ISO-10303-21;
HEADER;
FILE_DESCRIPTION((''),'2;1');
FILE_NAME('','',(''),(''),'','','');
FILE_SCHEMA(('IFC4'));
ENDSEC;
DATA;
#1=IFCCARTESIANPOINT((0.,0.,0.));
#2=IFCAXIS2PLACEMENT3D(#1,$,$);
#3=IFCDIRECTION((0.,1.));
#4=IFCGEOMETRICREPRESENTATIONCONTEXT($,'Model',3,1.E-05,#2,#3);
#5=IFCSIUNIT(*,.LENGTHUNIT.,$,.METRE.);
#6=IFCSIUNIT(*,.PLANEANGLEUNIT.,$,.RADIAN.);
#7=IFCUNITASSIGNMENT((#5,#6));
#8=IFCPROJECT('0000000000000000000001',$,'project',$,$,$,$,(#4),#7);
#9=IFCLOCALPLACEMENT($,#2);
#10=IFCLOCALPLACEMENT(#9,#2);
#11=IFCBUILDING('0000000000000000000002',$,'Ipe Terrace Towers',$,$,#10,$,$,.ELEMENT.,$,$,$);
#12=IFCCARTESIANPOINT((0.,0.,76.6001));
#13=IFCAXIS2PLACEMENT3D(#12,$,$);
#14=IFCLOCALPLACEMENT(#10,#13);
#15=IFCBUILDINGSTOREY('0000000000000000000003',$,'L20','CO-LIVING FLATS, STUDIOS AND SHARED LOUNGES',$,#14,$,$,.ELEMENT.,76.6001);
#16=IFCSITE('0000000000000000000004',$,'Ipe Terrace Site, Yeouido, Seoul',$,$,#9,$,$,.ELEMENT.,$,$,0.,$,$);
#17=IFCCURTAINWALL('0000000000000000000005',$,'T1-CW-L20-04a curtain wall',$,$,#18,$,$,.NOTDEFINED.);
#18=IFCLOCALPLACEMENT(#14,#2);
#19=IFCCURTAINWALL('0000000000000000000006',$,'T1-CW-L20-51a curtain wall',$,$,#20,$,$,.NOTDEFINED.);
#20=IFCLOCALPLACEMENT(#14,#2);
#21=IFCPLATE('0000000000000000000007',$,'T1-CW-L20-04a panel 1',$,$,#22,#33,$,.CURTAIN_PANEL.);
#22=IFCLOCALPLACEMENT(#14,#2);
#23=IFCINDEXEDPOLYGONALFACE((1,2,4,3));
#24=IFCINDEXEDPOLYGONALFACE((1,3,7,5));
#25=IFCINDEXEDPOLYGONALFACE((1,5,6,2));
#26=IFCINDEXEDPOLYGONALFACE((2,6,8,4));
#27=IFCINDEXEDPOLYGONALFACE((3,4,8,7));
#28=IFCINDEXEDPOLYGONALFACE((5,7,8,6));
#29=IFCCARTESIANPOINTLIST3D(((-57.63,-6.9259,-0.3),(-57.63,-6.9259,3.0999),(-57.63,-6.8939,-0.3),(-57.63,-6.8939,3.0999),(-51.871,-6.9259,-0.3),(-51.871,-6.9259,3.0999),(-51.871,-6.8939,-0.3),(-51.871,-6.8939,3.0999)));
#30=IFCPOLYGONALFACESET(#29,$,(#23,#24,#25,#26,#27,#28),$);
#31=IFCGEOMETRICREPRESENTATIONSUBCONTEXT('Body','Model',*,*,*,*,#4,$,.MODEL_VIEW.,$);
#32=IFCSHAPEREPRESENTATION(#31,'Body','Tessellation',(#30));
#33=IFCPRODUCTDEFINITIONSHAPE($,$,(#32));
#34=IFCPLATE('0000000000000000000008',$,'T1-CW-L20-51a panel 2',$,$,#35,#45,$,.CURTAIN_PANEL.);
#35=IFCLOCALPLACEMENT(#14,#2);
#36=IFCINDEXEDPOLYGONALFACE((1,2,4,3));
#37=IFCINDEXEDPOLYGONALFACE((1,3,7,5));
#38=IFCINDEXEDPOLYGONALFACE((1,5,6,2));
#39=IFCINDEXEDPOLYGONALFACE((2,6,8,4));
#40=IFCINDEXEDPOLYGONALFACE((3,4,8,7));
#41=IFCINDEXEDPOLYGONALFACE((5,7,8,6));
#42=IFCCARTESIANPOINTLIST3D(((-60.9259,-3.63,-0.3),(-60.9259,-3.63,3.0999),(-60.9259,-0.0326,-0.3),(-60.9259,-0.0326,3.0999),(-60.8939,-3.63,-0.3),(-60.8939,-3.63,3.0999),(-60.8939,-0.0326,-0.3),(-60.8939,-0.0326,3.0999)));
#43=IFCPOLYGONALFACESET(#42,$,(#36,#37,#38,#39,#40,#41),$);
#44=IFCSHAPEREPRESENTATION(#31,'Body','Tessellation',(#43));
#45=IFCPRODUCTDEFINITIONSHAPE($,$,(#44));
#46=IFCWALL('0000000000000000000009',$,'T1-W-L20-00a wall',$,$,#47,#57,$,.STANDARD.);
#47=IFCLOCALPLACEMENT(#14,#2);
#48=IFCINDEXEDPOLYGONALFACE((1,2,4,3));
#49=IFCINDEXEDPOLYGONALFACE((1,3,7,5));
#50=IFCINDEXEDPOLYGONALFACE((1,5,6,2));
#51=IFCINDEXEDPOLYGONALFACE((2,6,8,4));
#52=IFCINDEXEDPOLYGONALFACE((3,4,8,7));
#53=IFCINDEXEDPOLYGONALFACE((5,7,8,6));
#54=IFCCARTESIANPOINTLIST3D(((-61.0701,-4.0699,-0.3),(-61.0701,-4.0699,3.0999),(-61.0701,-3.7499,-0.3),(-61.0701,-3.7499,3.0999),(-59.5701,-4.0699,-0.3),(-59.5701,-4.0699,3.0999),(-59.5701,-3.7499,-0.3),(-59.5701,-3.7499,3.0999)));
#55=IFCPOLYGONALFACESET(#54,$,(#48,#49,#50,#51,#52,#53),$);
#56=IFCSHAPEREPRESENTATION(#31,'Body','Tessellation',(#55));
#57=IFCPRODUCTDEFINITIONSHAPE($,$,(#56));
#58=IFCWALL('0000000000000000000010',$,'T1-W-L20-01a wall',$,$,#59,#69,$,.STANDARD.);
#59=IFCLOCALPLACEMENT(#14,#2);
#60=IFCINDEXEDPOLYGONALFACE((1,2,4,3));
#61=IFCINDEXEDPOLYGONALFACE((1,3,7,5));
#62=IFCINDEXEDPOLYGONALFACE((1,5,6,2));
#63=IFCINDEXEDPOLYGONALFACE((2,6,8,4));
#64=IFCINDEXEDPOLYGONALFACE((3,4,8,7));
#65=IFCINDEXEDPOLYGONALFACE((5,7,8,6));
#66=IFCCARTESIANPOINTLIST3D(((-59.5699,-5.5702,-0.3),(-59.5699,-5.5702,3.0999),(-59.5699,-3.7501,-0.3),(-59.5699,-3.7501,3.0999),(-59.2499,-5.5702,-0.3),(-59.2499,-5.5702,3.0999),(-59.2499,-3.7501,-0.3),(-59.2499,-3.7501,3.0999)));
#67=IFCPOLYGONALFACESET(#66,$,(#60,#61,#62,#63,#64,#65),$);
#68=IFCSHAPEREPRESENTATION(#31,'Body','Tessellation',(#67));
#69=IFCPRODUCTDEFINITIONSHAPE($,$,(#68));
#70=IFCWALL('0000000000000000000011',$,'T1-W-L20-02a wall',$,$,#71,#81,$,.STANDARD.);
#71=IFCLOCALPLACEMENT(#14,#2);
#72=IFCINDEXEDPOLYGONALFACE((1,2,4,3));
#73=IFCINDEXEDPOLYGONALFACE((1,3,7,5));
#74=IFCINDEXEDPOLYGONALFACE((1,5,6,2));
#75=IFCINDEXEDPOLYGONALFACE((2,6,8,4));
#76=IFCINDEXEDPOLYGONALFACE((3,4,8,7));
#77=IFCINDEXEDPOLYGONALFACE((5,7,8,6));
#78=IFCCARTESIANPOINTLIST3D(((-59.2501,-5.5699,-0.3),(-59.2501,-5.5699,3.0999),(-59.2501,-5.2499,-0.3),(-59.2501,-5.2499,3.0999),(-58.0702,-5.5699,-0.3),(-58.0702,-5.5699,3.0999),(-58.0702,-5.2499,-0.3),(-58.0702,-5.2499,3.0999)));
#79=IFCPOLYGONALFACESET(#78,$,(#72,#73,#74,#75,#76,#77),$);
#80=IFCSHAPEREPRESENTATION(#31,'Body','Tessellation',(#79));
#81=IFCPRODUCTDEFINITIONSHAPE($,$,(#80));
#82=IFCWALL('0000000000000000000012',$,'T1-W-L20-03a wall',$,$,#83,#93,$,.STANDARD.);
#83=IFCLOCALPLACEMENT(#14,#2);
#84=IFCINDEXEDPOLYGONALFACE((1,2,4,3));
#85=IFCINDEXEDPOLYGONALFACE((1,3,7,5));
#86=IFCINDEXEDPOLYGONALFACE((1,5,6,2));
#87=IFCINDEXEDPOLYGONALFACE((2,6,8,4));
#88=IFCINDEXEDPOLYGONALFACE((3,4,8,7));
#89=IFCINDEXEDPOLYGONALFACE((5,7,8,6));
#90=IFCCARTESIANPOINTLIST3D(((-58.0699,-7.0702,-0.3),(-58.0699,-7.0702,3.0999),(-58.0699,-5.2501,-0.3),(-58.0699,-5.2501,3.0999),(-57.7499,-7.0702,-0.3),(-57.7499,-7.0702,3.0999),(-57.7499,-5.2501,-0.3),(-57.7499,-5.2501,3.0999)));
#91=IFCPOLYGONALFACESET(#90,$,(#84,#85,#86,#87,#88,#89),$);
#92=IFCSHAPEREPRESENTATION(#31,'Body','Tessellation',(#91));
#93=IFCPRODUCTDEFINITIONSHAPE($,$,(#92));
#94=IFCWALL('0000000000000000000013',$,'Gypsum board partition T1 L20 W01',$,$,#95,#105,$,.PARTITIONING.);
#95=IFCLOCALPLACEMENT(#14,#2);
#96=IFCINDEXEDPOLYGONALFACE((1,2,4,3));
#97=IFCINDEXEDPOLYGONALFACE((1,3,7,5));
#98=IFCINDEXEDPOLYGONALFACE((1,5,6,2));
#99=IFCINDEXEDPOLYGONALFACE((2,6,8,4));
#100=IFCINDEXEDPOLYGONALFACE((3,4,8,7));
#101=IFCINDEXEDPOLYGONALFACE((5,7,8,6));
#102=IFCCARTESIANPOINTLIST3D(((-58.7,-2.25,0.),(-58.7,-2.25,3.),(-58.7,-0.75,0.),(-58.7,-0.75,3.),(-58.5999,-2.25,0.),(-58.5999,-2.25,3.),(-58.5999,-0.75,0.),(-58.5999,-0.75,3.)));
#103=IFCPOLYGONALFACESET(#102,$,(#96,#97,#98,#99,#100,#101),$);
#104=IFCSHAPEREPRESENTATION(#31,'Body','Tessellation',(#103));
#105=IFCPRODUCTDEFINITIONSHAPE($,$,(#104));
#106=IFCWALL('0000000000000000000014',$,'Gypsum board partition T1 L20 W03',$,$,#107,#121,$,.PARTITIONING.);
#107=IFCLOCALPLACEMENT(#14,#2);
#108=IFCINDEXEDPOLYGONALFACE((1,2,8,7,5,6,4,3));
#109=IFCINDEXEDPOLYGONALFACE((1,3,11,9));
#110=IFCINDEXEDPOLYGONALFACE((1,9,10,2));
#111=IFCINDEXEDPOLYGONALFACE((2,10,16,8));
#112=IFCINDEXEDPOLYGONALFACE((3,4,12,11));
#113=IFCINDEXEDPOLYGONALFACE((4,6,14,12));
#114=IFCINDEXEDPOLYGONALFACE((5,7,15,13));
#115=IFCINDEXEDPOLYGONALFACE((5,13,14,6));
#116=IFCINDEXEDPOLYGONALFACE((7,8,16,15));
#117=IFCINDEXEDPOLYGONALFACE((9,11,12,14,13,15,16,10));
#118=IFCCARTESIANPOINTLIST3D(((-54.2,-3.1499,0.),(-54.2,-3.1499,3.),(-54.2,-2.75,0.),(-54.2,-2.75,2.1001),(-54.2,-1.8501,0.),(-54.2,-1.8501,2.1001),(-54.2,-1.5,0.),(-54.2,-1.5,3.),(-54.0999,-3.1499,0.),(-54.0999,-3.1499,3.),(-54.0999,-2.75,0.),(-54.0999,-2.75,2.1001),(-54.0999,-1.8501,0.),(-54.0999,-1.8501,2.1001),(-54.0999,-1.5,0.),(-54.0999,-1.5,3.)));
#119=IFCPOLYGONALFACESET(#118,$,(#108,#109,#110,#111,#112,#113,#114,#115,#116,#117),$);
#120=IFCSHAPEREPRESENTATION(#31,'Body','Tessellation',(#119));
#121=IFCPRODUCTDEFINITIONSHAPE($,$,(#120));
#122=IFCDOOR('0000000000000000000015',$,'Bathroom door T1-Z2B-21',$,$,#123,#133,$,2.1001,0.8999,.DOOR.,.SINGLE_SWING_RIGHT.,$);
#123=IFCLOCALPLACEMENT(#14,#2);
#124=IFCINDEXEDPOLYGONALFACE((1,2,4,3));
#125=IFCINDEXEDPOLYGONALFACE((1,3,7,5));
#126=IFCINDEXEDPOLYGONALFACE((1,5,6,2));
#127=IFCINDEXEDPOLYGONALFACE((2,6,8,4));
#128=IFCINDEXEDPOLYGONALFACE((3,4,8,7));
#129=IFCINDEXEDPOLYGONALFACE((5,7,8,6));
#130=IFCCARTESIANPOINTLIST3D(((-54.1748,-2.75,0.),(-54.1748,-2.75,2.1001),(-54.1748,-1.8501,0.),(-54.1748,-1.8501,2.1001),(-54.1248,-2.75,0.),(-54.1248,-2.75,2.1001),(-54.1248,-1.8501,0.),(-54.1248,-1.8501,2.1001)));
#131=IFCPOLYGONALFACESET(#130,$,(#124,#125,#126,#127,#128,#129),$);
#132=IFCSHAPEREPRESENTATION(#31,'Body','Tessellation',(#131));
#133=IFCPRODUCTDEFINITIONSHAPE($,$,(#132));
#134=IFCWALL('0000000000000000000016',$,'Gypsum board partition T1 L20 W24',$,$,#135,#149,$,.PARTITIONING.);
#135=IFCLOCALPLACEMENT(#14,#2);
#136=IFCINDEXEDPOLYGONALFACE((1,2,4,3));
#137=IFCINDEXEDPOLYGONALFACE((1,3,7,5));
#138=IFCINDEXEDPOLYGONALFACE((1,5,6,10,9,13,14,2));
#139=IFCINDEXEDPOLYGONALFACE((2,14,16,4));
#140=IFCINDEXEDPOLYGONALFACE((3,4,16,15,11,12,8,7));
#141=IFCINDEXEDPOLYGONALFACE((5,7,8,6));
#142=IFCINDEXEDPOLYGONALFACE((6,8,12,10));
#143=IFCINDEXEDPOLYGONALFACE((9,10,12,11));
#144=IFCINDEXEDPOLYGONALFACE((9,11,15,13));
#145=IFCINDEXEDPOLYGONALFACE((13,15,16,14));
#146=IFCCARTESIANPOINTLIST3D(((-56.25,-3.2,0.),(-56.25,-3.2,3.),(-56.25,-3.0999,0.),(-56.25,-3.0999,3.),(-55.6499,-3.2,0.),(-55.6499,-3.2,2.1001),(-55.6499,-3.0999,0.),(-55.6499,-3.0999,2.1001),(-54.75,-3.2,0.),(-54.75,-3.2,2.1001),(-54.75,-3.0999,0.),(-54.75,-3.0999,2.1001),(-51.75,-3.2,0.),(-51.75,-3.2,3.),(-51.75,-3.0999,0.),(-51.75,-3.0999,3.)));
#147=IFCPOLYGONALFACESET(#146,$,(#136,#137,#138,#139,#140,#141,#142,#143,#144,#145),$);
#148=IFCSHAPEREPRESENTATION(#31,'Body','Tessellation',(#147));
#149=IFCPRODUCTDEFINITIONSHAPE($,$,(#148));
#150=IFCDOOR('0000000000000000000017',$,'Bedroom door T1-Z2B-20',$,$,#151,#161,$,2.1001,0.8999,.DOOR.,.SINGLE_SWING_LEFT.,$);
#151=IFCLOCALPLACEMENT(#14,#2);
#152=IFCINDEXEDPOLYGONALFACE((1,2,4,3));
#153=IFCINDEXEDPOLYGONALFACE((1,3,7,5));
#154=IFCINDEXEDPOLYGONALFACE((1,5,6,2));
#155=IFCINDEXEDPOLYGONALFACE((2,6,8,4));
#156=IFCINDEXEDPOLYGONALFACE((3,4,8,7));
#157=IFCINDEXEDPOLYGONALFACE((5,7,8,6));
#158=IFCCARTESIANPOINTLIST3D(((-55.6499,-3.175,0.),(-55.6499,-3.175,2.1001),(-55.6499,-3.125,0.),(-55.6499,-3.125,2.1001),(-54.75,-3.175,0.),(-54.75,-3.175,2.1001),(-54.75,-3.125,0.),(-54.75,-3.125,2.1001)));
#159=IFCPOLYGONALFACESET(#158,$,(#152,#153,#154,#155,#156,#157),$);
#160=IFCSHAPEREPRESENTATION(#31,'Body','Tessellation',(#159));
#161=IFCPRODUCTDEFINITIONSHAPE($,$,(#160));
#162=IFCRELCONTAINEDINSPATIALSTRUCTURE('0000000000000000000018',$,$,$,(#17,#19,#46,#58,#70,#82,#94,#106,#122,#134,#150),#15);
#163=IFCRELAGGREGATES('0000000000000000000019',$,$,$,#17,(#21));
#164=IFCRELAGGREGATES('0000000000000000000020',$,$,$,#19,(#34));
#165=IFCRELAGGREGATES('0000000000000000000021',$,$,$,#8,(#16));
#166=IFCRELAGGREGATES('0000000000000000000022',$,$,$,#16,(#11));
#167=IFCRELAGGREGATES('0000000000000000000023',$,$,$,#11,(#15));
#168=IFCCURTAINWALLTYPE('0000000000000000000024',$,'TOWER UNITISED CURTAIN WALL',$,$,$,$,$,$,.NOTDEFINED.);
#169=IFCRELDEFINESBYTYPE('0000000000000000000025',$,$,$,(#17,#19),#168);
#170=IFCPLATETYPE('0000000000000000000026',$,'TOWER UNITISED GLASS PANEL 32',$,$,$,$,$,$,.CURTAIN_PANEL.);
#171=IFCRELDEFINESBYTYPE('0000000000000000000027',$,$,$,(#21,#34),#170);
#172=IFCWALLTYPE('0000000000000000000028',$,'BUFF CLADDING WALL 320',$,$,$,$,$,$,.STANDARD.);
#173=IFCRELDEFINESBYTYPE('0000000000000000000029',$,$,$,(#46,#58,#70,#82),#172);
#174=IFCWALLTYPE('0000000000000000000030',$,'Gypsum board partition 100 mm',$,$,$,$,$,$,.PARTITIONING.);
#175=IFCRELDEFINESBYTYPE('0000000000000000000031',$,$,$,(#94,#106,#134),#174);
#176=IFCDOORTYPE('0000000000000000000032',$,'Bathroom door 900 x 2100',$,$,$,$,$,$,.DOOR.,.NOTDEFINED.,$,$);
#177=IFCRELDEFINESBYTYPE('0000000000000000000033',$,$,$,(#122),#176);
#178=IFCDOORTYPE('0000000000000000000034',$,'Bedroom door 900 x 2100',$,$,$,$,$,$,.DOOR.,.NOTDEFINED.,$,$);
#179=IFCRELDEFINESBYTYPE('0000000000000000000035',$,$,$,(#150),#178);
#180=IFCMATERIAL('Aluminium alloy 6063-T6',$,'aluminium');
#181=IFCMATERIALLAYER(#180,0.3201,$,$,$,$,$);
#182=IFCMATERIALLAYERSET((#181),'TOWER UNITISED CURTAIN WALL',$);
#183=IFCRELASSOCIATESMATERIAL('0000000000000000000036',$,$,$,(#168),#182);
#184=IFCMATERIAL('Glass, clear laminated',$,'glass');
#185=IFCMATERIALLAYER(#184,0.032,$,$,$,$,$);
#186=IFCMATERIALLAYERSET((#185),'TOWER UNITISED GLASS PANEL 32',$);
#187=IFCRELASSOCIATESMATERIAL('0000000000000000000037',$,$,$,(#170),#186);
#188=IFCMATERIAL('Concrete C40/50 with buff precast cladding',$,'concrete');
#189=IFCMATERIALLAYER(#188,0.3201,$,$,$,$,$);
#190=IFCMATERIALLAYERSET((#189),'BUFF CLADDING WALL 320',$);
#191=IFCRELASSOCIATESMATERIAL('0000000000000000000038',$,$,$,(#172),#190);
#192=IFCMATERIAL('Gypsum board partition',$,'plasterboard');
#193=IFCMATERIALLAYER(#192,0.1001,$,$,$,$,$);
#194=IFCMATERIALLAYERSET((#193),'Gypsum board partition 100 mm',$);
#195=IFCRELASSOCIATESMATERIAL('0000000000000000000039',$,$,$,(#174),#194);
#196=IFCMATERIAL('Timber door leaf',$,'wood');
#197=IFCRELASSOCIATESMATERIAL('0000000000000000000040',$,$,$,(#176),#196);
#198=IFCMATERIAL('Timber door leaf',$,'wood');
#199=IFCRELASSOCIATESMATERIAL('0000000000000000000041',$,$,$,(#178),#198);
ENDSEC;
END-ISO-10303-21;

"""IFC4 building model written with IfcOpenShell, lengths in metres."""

from ifc_helpers import new_model, si_unit, direction, frame, frame_2d, origin, origin_2d, place, context, subcontext, project, spatial, rectangle, extrude, material, layer, layer_set, type_object, element, fill, aggregate, save


model = new_model("IFC4")

# Units and contexts
model_context = context("Model", 3, precision=1e-05, world=origin(), true_north=direction((0.0, 1.0)))
body_context = subcontext(model_context, "Body", "Model", "MODEL_VIEW")
ifc_project = project(units=[si_unit("LENGTHUNIT", "METRE"), si_unit("PLANEANGLEUNIT", "RADIAN")], contexts=[model_context])

# Site, building, storey
site_placement = place(None, origin())
site = spatial("IfcSite", under=ifc_project, at=site_placement, Name="Ipe Terrace Site, Yeouido, Seoul", CompositionType="ELEMENT", RefElevation=0.0)
building_placement = place(site_placement, origin())
building = spatial("IfcBuilding", under=site, at=building_placement, Name="Ipe Terrace Towers", CompositionType="ELEMENT")
storey_placement = place(building_placement, frame((0.0, 0.0, 76.6001)))
storey = spatial("IfcBuildingStorey", under=building, at=storey_placement, Name="L20", Description="CO-LIVING FLATS, STUDIOS AND SHARED LOUNGES", CompositionType="ELEMENT", Elevation=76.6001)

# Curtain wall
ifc_material_1 = material(Name="Aluminium alloy 6063-T6", Category="aluminium")
ifc_layer_1 = layer(ifc_material_1, 0.3201)
ifc_layer_set_1 = layer_set([ifc_layer_1], Name="TOWER UNITISED CURTAIN WALL")
curtain_wall_type = type_object("IfcCurtainWallType", Name="TOWER UNITISED CURTAIN WALL", PredefinedType="NOTDEFINED", material=ifc_layer_set_1)
curtain_wall_1_placement = place(storey_placement, origin())
curtain_wall_1 = element("IfcCurtainWall", 1, at=curtain_wall_1_placement, inside=storey, type_object=curtain_wall_type, Name="T1-CW-L20-04a curtain wall", PredefinedType="NOTDEFINED")

# Curtain wall
curtain_wall_2_placement = place(storey_placement, origin())
curtain_wall_2 = element("IfcCurtainWall", 2, at=curtain_wall_2_placement, inside=storey, type_object=curtain_wall_type, Name="T1-CW-L20-51a curtain wall", PredefinedType="NOTDEFINED")

# Plates
ifc_material_2 = material(Name="Glass, clear laminated", Category="glass")
ifc_layer_2 = layer(ifc_material_2, 0.032)
ifc_layer_set_2 = layer_set([ifc_layer_2], Name="TOWER UNITISED GLASS PANEL 32")
plate_type = type_object("IfcPlateType", Name="TOWER UNITISED GLASS PANEL 32", PredefinedType="CURTAIN_PANEL", material=ifc_layer_set_2)
plate_1_placement = place(storey_placement, frame((-54.7505, -6.9099, -0.3), z_axis=(0.0, 0.0, 1.0), x_axis=(1.0, 0.0, 0.0)))
plate_1 = element("IfcPlate", 3, at=plate_1_placement, type_object=plate_type, Name="T1-CW-L20-04a panel 1", PredefinedType="CURTAIN_PANEL", context=body_context, shape_type="SweptSolid", body=[
    extrude(rectangle(XDim=5.759, YDim=0.032, at=origin_2d()), origin(), (0.0, 0.0, 1.0), 3.3999),
])
aggregate(curtain_wall_1, [plate_1])
plate_2_placement = place(storey_placement, frame((-60.9099, -1.8313, -0.3), z_axis=(0.0, 0.0, 1.0), x_axis=(0.0, -1.0, 0.0)))
plate_2 = element("IfcPlate", 4, at=plate_2_placement, type_object=plate_type, Name="T1-CW-L20-51a panel 2", PredefinedType="CURTAIN_PANEL", context=body_context, shape_type="SweptSolid", body=[
    extrude(rectangle(XDim=3.5974, YDim=0.032, at=origin_2d()), origin(), (0.0, 0.0, 1.0), 3.3999),
])
aggregate(curtain_wall_2, [plate_2])

# Walls
ifc_material_3 = material(Name="Concrete C40/50 with buff precast cladding", Category="concrete")
ifc_layer_3 = layer(ifc_material_3, 0.3201)
ifc_layer_set_3 = layer_set([ifc_layer_3], Name="BUFF CLADDING WALL 320")
wall_type_1 = type_object("IfcWallType", Name="BUFF CLADDING WALL 320", PredefinedType="STANDARD", material=ifc_layer_set_3)
wall_1_placement = place(storey_placement, frame((-61.0701, -3.9099, -0.3), z_axis=(0.0, 0.0, 1.0), x_axis=(1.0, 0.0, 0.0)))
element("IfcWall", 5, at=wall_1_placement, inside=storey, type_object=wall_type_1, Name="T1-W-L20-00a wall", PredefinedType="STANDARD", context=body_context, shape_type="SweptSolid", body=[
    extrude(rectangle(XDim=1.5, YDim=0.3201, at=frame_2d((0.75, 0.0))), origin(), (0.0, 0.0, 1.0), 3.3999),
])
wall_2_placement = place(storey_placement, frame((-59.4099, -3.75, -0.3), z_axis=(0.0, 0.0, 1.0), x_axis=(0.0, -1.0, 0.0)))
element("IfcWall", 6, at=wall_2_placement, inside=storey, type_object=wall_type_1, Name="T1-W-L20-01a wall", PredefinedType="STANDARD", context=body_context, shape_type="SweptSolid", body=[
    extrude(rectangle(XDim=1.8201, YDim=0.3201, at=frame_2d((0.9102, 0.0))), origin(), (0.0, 0.0, 1.0), 3.3999),
])
wall_3_placement = place(storey_placement, frame((-59.25, -5.4099, -0.3), z_axis=(0.0, 0.0, 1.0), x_axis=(1.0, 0.0, 0.0)))
element("IfcWall", 7, at=wall_3_placement, inside=storey, type_object=wall_type_1, Name="T1-W-L20-02a wall", PredefinedType="STANDARD", context=body_context, shape_type="SweptSolid", body=[
    extrude(rectangle(XDim=1.1799, YDim=0.3201, at=frame_2d((0.5898, 0.0))), origin(), (0.0, 0.0, 1.0), 3.3999),
])
wall_4_placement = place(storey_placement, frame((-57.9099, -5.25, -0.3), z_axis=(0.0, 0.0, 1.0), x_axis=(0.0, -1.0, 0.0)))
element("IfcWall", 8, at=wall_4_placement, inside=storey, type_object=wall_type_1, Name="T1-W-L20-03a wall", PredefinedType="STANDARD", context=body_context, shape_type="SweptSolid", body=[
    extrude(rectangle(XDim=1.8201, YDim=0.3201, at=frame_2d((0.9102, 0.0))), origin(), (0.0, 0.0, 1.0), 3.3999),
])
ifc_material_4 = material(Name="Gypsum board partition", Category="plasterboard")
ifc_layer_4 = layer(ifc_material_4, 0.1001)
ifc_layer_set_4 = layer_set([ifc_layer_4], Name="Gypsum board partition 100 mm")
wall_type_2 = type_object("IfcWallType", Name="Gypsum board partition 100 mm", PredefinedType="PARTITIONING", material=ifc_layer_set_4)
wall_5_placement = place(storey_placement, frame((-58.6499, -2.25, 0.0), z_axis=(0.0, 0.0, 1.0), x_axis=(0.0, 1.0, 0.0)))
element("IfcWall", 9, at=wall_5_placement, inside=storey, type_object=wall_type_2, Name="Gypsum board partition T1 L20 W01", PredefinedType="PARTITIONING", context=body_context, shape_type="SweptSolid", body=[
    extrude(rectangle(XDim=1.5, YDim=0.1001, at=frame_2d((0.75, 0.0))), origin(), (0.0, 0.0, 1.0), 3.0),
])

# Walls, openings, doors
wall_6_placement = place(storey_placement, frame((-54.1499, -3.1499, 0.0), z_axis=(0.0, 0.0, 1.0), x_axis=(0.0, 1.0, 0.0)))
wall_6 = element("IfcWall", 10, at=wall_6_placement, inside=storey, type_object=wall_type_2, Name="Gypsum board partition T1 L20 W03", PredefinedType="PARTITIONING", context=body_context, shape_type="SweptSolid", body=[
    extrude(rectangle(XDim=1.6499, YDim=0.1001, at=frame_2d((0.825, 0.0))), origin(), (0.0, 0.0, 1.0), 3.0),
])
opening_1_placement = place(wall_6_placement, frame((0.3999, 0.0, 0.0)))
opening_1 = element("IfcOpeningElement", 11, at=opening_1_placement, cuts=wall_6, PredefinedType="OPENING", context=body_context, shape_type="SweptSolid", body=[
    extrude(rectangle(XDim=0.8999, YDim=2.1001, at=frame_2d((0.45, 1.05))), frame((0.0, 0.0601, 0.0), z_axis=(0.0, -1.0, 0.0), x_axis=(1.0, 0.0, 0.0)), (0.0, 0.0, 1.0), 0.1201),
])
ifc_material_5 = material(Name="Timber door leaf", Category="wood")
door_type_1 = type_object("IfcDoorType", Name="Bathroom door 900 x 2100", OperationType="NOTDEFINED", PredefinedType="DOOR", material=ifc_material_5)
door_1_placement = place(opening_1_placement, origin())
door_1 = element("IfcDoor", 12, at=door_1_placement, inside=storey, type_object=door_type_1, Name="Bathroom door T1-Z2B-21", OperationType="SINGLE_SWING_RIGHT", OverallHeight=2.1001, OverallWidth=0.8999, PredefinedType="DOOR", context=body_context, shape_type="SweptSolid", body=[
    extrude(rectangle(XDim=0.8999, YDim=2.1001, at=frame_2d((0.45, 1.05))), frame((0.0, 0.0249, 0.0), z_axis=(0.0, -1.0, 0.0), x_axis=(1.0, 0.0, 0.0)), (0.0, 0.0, 1.0), 0.05),
])
fill(opening_1, door_1)
wall_7_placement = place(storey_placement, frame((-56.25, -3.1499, 0.0), z_axis=(0.0, 0.0, 1.0), x_axis=(1.0, 0.0, 0.0)))
wall_7 = element("IfcWall", 13, at=wall_7_placement, inside=storey, type_object=wall_type_2, Name="Gypsum board partition T1 L20 W24", PredefinedType="PARTITIONING", context=body_context, shape_type="SweptSolid", body=[
    extrude(rectangle(XDim=4.5, YDim=0.1001, at=frame_2d((2.25, 0.0))), origin(), (0.0, 0.0, 1.0), 3.0),
])
opening_2_placement = place(wall_7_placement, frame((0.6001, 0.0, 0.0)))
opening_2 = element("IfcOpeningElement", 14, at=opening_2_placement, cuts=wall_7, PredefinedType="OPENING", context=body_context, shape_type="SweptSolid", body=[
    extrude(rectangle(XDim=0.8999, YDim=2.1001, at=frame_2d((0.45, 1.05))), frame((0.0, 0.0601, 0.0), z_axis=(0.0, -1.0, 0.0), x_axis=(1.0, 0.0, 0.0)), (0.0, 0.0, 1.0), 0.1201),
])
ifc_material_6 = material(Name="Timber door leaf", Category="wood")
door_type_2 = type_object("IfcDoorType", Name="Bedroom door 900 x 2100", OperationType="NOTDEFINED", PredefinedType="DOOR", material=ifc_material_6)
door_2_placement = place(opening_2_placement, origin())
door_2 = element("IfcDoor", 15, at=door_2_placement, inside=storey, type_object=door_type_2, Name="Bedroom door T1-Z2B-20", OperationType="SINGLE_SWING_LEFT", OverallHeight=2.1001, OverallWidth=0.8999, PredefinedType="DOOR", context=body_context, shape_type="SweptSolid", body=[
    extrude(rectangle(XDim=0.8999, YDim=2.1001, at=frame_2d((0.45, 1.05))), frame((0.0, 0.0249, 0.0), z_axis=(0.0, -1.0, 0.0), x_axis=(1.0, 0.0, 0.0)), (0.0, 0.0, 1.0), 0.05),
])
fill(opening_2, door_2)

save(model, "model.ifc")
